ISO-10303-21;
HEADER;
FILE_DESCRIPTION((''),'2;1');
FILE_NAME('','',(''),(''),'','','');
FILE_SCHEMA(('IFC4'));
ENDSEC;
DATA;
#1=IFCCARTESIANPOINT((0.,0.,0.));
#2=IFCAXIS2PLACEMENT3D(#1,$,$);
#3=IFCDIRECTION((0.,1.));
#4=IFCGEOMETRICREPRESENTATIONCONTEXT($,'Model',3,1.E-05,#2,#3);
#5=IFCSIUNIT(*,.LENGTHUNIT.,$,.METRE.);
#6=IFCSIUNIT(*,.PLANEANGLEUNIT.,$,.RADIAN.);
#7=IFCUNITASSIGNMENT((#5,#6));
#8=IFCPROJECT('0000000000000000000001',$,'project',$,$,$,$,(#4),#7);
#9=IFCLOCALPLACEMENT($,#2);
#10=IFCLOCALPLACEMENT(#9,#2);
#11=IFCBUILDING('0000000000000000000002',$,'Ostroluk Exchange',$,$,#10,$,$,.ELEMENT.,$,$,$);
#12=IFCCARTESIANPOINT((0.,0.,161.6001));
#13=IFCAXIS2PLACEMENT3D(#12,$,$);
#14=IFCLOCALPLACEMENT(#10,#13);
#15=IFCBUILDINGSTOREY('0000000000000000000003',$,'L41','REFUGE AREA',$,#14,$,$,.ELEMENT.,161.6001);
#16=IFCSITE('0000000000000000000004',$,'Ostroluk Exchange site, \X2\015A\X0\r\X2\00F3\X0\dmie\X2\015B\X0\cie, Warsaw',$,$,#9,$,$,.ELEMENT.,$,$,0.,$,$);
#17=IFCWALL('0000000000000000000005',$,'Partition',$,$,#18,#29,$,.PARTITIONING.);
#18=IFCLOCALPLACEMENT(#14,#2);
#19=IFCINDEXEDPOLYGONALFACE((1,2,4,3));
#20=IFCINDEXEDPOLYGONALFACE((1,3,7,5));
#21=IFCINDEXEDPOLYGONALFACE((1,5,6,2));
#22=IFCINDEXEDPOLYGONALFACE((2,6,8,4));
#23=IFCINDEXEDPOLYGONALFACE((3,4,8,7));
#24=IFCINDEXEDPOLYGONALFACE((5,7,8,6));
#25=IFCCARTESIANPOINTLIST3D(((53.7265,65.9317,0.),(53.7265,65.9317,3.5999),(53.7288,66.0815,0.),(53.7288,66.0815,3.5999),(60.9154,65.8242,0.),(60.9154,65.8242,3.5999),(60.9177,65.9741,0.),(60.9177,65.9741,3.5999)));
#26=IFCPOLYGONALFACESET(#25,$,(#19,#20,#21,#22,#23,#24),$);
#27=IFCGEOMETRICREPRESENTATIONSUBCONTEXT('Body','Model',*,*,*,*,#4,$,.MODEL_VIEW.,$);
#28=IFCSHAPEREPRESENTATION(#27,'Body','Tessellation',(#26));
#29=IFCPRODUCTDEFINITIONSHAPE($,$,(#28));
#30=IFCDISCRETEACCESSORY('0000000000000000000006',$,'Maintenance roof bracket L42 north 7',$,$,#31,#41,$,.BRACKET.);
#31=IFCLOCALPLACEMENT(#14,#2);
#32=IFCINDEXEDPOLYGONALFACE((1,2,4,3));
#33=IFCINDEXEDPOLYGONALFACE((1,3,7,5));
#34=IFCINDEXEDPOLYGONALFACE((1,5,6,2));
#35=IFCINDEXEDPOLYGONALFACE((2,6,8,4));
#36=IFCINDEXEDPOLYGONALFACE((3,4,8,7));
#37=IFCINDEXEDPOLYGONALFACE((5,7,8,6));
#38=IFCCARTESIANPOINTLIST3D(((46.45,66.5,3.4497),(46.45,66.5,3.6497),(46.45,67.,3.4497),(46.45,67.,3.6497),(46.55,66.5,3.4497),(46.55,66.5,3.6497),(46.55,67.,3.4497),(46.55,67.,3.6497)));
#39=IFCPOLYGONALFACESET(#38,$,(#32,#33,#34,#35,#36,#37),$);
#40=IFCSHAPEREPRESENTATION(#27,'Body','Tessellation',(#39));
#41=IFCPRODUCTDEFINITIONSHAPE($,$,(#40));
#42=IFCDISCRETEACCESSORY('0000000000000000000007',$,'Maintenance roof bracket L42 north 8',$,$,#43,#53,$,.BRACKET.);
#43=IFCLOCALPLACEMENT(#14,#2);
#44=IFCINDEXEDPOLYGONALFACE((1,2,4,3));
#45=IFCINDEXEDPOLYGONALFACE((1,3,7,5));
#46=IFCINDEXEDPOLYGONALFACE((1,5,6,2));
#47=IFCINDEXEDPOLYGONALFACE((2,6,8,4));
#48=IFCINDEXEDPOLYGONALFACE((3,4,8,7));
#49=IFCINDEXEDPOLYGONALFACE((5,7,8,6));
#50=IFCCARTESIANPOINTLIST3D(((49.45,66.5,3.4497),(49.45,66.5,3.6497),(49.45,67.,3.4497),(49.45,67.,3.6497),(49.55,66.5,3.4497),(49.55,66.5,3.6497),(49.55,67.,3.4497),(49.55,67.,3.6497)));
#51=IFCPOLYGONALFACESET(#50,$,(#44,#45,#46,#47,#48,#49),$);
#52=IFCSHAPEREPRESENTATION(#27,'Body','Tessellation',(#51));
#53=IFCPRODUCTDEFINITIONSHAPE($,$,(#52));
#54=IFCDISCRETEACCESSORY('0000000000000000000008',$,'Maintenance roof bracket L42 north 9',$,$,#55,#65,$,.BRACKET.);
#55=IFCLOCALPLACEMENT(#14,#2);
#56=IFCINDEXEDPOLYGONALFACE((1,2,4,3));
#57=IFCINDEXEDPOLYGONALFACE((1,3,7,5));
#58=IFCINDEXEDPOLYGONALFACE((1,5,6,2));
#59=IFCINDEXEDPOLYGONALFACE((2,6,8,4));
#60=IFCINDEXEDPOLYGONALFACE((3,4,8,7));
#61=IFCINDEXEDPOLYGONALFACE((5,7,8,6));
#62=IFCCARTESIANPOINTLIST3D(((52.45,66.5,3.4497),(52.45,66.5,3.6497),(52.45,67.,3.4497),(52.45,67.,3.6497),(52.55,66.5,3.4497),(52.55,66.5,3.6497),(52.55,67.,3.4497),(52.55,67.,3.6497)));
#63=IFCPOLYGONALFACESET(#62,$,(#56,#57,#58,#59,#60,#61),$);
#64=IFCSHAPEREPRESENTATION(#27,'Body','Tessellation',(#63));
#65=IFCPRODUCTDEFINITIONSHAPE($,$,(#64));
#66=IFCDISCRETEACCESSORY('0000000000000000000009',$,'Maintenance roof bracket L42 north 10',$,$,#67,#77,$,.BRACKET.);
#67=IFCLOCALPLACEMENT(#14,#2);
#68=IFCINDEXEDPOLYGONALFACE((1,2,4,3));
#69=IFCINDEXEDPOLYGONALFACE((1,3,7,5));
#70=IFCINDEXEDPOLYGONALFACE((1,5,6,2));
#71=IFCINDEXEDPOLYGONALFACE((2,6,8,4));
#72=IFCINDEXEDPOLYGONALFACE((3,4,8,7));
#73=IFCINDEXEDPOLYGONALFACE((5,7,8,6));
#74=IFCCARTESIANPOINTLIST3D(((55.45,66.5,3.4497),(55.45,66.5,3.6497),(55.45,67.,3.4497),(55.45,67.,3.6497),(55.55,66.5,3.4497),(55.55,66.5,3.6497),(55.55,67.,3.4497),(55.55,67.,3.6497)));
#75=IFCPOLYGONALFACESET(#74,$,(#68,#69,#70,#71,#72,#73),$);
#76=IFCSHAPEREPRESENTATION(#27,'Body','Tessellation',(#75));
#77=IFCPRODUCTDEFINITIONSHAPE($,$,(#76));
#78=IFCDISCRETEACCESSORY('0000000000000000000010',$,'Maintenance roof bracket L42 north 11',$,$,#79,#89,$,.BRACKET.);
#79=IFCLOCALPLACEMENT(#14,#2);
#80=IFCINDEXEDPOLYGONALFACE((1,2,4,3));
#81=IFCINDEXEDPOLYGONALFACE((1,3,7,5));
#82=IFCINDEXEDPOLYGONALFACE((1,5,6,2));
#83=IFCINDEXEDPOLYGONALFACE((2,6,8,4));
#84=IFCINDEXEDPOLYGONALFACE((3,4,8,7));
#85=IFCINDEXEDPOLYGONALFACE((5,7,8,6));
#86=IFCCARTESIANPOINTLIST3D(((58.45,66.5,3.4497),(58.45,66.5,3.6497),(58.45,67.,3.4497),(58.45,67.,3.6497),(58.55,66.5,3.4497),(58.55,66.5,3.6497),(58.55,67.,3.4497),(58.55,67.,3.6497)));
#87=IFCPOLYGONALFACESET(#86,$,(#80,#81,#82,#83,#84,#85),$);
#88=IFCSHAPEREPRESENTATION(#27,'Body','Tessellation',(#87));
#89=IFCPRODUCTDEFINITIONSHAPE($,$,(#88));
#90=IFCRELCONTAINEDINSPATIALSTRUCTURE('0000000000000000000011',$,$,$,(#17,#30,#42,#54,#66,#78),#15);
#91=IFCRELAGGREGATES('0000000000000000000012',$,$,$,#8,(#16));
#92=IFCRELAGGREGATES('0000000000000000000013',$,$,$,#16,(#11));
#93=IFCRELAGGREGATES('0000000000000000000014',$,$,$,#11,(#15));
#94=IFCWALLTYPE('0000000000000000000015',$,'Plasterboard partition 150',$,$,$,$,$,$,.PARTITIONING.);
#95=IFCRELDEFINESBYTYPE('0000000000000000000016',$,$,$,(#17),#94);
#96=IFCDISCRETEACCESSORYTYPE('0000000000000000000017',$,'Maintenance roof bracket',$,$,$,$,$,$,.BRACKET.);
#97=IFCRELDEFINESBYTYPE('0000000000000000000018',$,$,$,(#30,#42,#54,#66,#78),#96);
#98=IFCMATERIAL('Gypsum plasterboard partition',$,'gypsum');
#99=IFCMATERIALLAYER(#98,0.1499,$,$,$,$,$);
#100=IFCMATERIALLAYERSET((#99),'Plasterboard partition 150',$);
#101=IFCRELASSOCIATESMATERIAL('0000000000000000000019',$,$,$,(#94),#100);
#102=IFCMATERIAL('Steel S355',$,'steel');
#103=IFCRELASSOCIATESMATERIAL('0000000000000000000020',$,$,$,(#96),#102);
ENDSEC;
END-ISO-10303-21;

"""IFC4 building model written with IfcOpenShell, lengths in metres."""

from ifc_helpers import new_model, si_unit, direction, frame, frame_2d, origin, origin_2d, place, context, subcontext, project, spatial, rectangle, extrude, material, layer, layer_set, type_object, element, save


model = new_model("IFC4")

# Units and contexts
model_context = context("Model", 3, precision=1e-05, world=origin(), true_north=direction((0.0, 1.0)))
body_context = subcontext(model_context, "Body", "Model", "MODEL_VIEW")
ifc_project = project(units=[si_unit("LENGTHUNIT", "METRE"), si_unit("PLANEANGLEUNIT", "RADIAN")], contexts=[model_context])

# Site, building, storey
site_placement = place(None, origin())
site = spatial("IfcSite", under=ifc_project, at=site_placement, Name="Ostroluk Exchange site, Śródmieście, Warsaw", CompositionType="ELEMENT", RefElevation=0.0)
building_placement = place(site_placement, origin())
building = spatial("IfcBuilding", under=site, at=building_placement, Name="Ostroluk Exchange", CompositionType="ELEMENT")
storey_placement = place(building_placement, frame((0.0, 0.0, 161.6001)))
storey = spatial("IfcBuildingStorey", under=building, at=storey_placement, Name="L41", Description="REFUGE AREA", CompositionType="ELEMENT", Elevation=161.6001)

# Wall
ifc_material_1 = material(Name="Gypsum plasterboard partition", Category="gypsum")
ifc_layer_1 = layer(ifc_material_1, 0.1499)
ifc_layer_set_1 = layer_set([ifc_layer_1], Name="Plasterboard partition 150")
wall_type = type_object("IfcWallType", Name="Plasterboard partition 150", PredefinedType="PARTITIONING", material=ifc_layer_set_1)
wall_1_placement = place(storey_placement, frame((53.7278, 66.0066, 0.0), z_axis=(0.0, 0.0, 1.0), x_axis=(0.999888, -0.014941, 0.0)))
element("IfcWall", 1, at=wall_1_placement, inside=storey, type_object=wall_type, Name="Partition", PredefinedType="PARTITIONING", context=body_context, shape_type="SweptSolid", body=[
    extrude(rectangle(XDim=7.1897, YDim=0.1499, at=frame_2d((3.5947, 0.0))), origin(), (0.0, 0.0, 1.0), 3.5999),
])

# Discrete accessories
ifc_material_2 = material(Name="Steel S355", Category="steel")
discrete_accessory_type = type_object("IfcDiscreteAccessoryType", Name="Maintenance roof bracket", PredefinedType="BRACKET", material=ifc_material_2)
for number, where, z_axis, x_axis, name in (
    (2, (46.5, 66.75, 3.4497), (0.0, 0.0, 1.0), (1.0, 0.0, 0.0), "Maintenance roof bracket L42 north 7"),
    (3, (49.5, 66.75, 3.4497), (0.0, 0.0, 1.0), (1.0, 0.0, 0.0), "Maintenance roof bracket L42 north 8"),
    (4, (52.5, 66.75, 3.4497), (0.0, 0.0, 1.0), (1.0, 0.0, 0.0), "Maintenance roof bracket L42 north 9"),
    (5, (55.5, 66.75, 3.4497), (0.0, 0.0, 1.0), (1.0, 0.0, 0.0), "Maintenance roof bracket L42 north 10"),
    (6, (58.5, 66.75, 3.4497), (0.0, 0.0, 1.0), (1.0, 0.0, 0.0), "Maintenance roof bracket L42 north 11"),
):
    element("IfcDiscreteAccessory", number, at=place(storey_placement, frame(where, z_axis=z_axis, x_axis=x_axis)), inside=storey, type_object=discrete_accessory_type, Name=name, PredefinedType="BRACKET", context=body_context, shape_type="SweptSolid", body=[
        extrude(rectangle(XDim=0.1001, YDim=0.5, at=origin_2d()), origin(), (0.0, 0.0, 1.0), 0.2),
    ])

save(model, "model.ifc")
